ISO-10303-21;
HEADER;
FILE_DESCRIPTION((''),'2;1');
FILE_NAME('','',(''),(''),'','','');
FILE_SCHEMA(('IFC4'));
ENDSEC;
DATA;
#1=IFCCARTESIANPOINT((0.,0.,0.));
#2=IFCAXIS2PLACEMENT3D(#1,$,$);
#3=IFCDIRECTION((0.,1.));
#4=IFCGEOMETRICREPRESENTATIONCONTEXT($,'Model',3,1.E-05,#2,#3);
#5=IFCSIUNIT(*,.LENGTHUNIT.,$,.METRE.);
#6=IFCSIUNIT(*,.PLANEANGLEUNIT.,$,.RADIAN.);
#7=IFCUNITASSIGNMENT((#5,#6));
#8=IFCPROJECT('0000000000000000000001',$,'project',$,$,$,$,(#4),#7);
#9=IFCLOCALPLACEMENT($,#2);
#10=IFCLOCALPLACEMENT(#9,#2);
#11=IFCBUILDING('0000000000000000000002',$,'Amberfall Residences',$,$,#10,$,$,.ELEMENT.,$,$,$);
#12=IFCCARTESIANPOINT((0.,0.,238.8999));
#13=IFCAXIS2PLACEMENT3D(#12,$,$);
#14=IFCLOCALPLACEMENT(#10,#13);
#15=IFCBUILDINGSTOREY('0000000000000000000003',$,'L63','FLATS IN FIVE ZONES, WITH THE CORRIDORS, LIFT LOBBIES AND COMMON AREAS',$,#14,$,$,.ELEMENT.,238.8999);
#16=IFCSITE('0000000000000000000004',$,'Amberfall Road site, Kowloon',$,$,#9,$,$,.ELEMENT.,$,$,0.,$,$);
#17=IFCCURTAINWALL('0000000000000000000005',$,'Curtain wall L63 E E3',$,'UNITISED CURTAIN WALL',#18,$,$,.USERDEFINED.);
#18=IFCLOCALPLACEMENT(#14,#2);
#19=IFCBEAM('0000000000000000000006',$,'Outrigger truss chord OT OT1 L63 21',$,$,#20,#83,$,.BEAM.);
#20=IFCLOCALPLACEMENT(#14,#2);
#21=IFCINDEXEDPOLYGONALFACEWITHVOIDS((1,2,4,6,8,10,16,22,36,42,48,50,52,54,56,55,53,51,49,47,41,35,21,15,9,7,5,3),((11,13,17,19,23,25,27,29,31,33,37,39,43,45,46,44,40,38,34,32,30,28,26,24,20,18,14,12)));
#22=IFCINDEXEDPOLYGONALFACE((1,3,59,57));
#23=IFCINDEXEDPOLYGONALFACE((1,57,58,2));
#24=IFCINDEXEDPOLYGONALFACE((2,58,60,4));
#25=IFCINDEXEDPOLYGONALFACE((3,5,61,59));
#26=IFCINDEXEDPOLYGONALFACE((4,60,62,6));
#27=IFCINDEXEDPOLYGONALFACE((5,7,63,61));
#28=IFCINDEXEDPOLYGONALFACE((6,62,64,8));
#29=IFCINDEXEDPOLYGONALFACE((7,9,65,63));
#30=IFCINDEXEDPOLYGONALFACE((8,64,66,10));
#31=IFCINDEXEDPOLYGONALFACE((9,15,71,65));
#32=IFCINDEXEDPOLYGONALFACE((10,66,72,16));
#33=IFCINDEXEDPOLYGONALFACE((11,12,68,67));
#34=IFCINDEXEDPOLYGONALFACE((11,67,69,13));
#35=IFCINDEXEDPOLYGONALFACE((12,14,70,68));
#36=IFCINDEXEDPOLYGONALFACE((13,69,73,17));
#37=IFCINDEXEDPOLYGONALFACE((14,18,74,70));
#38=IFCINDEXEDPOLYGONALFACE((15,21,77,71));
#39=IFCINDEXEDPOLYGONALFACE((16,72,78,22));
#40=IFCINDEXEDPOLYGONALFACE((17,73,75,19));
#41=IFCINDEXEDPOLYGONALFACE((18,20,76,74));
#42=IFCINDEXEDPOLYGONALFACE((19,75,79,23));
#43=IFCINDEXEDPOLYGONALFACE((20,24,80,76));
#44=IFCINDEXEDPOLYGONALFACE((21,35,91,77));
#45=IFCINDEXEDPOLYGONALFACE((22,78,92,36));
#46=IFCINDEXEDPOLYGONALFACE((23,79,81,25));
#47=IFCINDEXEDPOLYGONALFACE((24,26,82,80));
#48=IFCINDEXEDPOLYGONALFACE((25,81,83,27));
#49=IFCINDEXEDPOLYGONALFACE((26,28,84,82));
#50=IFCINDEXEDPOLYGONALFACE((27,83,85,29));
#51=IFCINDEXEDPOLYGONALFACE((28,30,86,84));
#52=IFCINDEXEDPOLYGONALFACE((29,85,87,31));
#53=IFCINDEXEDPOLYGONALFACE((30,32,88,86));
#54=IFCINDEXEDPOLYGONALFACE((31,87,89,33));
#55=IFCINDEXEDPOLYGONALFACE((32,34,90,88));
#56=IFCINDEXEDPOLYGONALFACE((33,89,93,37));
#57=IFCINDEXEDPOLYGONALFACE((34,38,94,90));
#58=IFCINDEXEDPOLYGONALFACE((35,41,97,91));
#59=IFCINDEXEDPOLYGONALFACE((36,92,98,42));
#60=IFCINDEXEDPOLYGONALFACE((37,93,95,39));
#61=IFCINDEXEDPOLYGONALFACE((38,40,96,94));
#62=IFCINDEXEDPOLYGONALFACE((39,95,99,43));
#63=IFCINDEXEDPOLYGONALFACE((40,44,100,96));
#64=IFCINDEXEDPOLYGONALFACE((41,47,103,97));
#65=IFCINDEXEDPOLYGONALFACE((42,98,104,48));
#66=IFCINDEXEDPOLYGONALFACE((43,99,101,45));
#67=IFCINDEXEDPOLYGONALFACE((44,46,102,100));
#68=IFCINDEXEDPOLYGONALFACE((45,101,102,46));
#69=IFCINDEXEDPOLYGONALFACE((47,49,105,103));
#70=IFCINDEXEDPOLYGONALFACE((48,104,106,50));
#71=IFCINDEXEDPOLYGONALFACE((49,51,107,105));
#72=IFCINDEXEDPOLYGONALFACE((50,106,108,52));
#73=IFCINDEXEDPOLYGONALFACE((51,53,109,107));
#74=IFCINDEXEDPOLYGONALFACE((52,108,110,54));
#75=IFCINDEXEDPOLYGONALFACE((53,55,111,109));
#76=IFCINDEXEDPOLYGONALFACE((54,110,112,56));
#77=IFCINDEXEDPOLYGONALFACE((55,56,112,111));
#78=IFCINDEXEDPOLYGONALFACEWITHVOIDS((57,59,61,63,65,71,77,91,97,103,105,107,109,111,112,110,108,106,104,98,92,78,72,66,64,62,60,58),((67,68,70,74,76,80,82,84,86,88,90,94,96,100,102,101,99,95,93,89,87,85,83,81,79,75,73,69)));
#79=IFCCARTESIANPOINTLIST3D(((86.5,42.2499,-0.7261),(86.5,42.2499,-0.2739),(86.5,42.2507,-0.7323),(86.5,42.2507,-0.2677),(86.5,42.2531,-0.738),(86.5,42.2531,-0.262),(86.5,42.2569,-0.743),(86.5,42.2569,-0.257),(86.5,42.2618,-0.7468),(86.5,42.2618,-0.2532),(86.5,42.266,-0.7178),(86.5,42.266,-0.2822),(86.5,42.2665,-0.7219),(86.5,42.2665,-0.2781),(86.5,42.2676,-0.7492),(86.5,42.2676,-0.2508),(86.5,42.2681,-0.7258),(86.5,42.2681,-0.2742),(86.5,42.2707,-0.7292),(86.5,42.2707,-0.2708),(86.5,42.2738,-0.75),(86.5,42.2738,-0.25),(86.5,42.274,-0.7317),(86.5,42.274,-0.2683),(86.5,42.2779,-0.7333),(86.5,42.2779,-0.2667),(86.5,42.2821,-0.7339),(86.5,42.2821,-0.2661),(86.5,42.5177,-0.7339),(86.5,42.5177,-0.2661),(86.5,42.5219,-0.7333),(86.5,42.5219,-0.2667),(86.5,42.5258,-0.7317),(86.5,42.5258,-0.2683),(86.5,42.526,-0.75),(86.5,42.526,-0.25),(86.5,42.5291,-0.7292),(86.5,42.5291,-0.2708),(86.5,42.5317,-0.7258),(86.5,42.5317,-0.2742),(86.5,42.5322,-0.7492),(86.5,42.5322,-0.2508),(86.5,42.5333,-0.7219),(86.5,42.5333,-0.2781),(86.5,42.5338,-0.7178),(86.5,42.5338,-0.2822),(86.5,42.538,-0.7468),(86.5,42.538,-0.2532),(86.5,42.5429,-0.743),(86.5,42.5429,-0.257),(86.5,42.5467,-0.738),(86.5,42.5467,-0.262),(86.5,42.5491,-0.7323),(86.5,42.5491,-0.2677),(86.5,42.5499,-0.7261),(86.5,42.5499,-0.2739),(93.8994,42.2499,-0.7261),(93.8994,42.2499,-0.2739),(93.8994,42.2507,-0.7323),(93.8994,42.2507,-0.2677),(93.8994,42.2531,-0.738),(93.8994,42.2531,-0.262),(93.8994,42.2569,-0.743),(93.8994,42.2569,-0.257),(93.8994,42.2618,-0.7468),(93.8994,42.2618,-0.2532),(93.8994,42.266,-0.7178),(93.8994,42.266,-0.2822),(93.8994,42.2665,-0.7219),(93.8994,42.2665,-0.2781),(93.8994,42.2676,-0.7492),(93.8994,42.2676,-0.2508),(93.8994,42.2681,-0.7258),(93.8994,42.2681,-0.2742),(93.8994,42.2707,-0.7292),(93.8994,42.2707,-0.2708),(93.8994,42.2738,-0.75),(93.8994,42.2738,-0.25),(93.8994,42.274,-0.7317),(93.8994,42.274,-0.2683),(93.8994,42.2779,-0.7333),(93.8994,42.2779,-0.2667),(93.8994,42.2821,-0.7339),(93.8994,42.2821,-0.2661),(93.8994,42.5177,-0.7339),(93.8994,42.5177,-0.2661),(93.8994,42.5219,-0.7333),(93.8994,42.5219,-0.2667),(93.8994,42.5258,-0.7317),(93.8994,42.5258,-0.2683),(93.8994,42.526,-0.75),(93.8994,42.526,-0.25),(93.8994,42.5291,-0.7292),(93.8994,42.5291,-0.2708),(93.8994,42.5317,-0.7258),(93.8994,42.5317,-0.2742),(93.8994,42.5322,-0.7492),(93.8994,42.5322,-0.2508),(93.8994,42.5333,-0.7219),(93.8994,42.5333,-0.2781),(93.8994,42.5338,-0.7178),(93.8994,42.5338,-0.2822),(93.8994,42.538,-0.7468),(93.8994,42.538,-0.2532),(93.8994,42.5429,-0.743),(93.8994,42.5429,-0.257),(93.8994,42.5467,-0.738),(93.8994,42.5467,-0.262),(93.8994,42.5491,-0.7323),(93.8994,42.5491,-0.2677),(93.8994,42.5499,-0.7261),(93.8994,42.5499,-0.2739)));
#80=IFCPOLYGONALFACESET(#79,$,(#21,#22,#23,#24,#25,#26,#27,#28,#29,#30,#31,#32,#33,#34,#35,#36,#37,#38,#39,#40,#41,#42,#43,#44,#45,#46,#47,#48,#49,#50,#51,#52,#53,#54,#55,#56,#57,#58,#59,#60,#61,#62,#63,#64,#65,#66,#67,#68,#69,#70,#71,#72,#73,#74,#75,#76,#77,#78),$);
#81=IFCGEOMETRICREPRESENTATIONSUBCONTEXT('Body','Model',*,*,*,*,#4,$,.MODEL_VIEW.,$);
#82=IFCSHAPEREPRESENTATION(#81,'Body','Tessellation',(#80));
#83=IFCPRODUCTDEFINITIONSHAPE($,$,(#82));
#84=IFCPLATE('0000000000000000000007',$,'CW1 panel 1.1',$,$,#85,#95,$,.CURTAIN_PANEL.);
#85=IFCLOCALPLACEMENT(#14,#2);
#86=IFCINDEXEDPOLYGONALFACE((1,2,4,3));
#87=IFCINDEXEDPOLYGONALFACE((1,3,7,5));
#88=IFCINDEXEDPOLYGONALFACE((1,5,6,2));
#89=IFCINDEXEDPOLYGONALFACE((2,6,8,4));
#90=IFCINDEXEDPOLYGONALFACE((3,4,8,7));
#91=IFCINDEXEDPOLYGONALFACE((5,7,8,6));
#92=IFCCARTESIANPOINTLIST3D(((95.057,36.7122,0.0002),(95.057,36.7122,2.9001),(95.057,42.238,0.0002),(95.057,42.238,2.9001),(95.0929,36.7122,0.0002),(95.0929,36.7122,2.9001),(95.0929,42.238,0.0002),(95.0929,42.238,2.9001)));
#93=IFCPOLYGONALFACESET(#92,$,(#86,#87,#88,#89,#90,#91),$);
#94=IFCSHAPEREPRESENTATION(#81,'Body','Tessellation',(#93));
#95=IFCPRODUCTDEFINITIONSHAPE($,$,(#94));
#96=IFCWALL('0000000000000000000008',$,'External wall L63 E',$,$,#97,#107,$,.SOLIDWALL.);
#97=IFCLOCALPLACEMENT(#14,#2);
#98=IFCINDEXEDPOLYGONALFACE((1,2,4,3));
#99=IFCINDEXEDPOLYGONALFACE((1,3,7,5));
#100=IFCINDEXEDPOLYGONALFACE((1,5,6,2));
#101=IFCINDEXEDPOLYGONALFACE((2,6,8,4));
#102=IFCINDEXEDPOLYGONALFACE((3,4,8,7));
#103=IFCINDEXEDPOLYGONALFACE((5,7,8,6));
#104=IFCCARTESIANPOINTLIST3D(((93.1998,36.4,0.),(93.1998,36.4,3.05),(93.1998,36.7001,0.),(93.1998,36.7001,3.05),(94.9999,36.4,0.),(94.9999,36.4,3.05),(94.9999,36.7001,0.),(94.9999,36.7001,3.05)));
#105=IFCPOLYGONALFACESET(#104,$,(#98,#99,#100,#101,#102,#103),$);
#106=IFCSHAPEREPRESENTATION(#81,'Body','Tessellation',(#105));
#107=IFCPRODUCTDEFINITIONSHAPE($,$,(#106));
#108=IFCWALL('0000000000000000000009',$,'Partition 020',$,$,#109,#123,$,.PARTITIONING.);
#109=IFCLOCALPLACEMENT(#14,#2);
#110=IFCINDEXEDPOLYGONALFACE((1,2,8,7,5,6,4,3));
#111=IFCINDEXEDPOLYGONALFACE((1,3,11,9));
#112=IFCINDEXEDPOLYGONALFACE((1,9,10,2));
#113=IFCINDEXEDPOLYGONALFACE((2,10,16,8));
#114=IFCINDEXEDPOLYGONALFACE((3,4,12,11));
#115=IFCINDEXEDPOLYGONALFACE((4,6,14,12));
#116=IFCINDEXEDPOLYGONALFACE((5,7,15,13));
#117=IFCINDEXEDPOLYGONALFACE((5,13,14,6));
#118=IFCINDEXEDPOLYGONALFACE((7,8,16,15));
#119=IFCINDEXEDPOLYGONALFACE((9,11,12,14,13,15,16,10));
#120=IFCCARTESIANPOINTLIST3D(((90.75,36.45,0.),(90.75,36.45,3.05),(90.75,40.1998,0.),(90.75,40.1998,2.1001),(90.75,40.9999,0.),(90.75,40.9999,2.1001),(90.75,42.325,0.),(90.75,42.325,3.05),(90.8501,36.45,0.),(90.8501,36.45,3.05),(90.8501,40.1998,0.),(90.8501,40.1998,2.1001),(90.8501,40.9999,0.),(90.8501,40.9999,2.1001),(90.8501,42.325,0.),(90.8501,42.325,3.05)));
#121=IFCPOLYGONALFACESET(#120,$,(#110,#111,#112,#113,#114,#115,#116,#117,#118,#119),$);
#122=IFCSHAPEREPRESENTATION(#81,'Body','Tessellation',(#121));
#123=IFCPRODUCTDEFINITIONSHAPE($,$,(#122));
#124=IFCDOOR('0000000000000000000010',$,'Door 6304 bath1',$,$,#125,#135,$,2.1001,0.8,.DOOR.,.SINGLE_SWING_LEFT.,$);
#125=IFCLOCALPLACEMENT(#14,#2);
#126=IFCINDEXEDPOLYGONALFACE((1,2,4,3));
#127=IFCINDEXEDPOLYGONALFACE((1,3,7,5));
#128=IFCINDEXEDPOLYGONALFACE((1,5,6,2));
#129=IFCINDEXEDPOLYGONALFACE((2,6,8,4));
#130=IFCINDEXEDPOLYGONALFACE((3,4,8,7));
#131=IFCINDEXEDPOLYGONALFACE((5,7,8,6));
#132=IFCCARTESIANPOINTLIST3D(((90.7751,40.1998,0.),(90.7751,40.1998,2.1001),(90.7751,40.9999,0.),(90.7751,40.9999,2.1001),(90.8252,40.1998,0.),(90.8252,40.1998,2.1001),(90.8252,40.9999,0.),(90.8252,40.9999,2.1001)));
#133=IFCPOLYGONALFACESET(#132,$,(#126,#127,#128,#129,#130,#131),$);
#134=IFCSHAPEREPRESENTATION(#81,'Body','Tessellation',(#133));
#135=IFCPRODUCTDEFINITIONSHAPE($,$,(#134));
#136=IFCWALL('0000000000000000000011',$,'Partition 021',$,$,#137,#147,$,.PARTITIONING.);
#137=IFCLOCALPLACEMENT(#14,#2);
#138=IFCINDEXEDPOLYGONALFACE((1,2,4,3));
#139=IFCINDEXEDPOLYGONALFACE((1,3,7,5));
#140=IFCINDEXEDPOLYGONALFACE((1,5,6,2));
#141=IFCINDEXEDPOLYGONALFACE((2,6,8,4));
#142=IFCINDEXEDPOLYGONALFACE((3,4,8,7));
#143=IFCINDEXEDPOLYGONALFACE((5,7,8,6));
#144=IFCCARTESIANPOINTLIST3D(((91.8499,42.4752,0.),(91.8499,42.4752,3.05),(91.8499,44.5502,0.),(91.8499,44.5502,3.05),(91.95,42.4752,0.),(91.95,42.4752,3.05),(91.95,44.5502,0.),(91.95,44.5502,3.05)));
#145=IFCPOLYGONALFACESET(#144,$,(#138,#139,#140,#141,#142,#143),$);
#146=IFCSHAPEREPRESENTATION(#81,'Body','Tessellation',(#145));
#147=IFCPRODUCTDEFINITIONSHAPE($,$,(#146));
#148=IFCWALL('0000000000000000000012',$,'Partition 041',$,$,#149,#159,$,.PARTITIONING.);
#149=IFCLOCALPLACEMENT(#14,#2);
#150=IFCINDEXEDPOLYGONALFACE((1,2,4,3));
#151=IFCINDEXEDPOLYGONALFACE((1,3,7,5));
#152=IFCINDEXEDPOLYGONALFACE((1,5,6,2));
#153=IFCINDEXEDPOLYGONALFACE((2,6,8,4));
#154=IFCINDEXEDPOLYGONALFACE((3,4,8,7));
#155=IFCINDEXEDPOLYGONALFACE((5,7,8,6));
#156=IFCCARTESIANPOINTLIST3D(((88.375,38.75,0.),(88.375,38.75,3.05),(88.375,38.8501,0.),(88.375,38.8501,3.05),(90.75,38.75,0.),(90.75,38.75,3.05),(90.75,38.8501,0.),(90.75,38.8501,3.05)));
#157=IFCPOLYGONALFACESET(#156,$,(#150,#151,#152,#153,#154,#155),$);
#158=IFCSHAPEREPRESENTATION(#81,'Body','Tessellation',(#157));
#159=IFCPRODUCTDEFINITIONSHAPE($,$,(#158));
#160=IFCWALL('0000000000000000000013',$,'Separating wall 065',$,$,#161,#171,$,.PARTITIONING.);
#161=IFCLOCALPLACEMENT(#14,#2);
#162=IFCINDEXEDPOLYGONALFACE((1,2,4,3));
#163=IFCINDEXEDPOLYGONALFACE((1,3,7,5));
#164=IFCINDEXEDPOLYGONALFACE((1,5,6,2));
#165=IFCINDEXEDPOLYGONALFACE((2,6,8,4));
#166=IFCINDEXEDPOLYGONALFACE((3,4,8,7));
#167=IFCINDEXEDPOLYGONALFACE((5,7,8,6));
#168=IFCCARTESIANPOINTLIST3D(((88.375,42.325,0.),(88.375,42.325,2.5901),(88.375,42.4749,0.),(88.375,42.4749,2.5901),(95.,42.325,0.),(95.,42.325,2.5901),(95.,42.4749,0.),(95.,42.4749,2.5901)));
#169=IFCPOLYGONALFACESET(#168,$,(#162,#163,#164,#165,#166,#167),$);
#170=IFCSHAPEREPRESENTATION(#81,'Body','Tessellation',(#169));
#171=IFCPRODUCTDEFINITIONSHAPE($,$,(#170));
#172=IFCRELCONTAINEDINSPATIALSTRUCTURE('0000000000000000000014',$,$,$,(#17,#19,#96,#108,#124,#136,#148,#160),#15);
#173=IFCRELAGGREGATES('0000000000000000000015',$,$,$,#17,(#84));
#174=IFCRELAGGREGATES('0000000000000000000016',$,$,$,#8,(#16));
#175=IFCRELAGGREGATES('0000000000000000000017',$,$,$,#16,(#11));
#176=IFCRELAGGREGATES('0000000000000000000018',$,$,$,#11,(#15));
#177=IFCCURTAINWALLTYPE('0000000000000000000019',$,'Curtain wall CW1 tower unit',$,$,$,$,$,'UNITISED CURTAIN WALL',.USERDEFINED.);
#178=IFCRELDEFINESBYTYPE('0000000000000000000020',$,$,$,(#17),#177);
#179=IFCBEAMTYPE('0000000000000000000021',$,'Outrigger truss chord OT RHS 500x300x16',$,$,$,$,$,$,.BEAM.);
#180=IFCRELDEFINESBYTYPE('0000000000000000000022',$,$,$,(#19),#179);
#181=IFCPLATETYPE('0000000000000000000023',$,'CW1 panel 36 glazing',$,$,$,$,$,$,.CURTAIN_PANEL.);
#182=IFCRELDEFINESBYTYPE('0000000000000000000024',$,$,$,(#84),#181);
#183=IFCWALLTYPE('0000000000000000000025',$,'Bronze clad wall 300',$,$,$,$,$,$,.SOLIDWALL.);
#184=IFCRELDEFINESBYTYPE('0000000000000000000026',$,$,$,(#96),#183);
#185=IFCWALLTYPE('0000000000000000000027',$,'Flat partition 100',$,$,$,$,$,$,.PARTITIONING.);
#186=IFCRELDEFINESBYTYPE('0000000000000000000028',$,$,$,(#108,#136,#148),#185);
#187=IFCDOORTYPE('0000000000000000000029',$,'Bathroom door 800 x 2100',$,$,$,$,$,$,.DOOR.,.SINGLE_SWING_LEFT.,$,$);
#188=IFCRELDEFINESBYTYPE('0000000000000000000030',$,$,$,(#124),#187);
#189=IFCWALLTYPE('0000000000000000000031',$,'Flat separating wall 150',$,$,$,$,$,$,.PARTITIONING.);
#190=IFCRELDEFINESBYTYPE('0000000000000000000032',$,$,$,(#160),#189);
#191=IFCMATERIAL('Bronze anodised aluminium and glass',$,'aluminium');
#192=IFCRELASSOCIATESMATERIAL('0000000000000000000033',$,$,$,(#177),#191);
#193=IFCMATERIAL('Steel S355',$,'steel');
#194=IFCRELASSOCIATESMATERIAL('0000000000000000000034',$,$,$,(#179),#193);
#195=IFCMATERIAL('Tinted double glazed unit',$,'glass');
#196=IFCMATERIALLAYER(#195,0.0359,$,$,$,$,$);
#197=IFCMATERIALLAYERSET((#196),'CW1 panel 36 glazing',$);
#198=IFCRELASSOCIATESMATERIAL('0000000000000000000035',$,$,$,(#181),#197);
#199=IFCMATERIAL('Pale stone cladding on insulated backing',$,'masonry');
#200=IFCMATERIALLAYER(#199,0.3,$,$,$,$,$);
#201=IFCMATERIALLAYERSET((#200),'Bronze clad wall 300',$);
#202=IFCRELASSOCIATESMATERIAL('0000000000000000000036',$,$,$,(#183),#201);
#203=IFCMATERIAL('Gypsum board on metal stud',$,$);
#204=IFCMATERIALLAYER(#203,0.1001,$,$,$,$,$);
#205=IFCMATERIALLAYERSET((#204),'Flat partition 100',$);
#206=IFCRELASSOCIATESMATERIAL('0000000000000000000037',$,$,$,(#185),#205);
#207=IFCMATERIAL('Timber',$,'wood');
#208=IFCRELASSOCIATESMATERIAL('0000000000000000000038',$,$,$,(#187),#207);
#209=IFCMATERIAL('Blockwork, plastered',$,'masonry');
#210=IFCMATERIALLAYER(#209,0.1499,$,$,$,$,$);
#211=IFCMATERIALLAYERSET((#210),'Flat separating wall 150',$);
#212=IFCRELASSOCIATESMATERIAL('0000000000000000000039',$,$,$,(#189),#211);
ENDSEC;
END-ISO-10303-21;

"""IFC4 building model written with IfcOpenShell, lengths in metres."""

from ifc_helpers import new_model, si_unit, direction, frame, frame_2d, origin, origin_2d, place, context, subcontext, project, spatial, rectangle, hollow_rectangle, extrude, material, layer, layer_set, material_profile, profile_set, type_object, element, fill, aggregate, save


model = new_model("IFC4")

# Units and contexts
model_context = context("Model", 3, precision=1e-05, world=origin(), true_north=direction((0.0, 1.0)))
body_context = subcontext(model_context, "Body", "Model", "MODEL_VIEW")
ifc_project = project(units=[si_unit("LENGTHUNIT", "METRE"), si_unit("PLANEANGLEUNIT", "RADIAN")], contexts=[model_context])

# Site, building, storey
site_placement = place(None, origin())
site = spatial("IfcSite", under=ifc_project, at=site_placement, Name="Amberfall Road site, Kowloon", CompositionType="ELEMENT", RefElevation=0.0)
building_placement = place(site_placement, origin())
building = spatial("IfcBuilding", under=site, at=building_placement, Name="Amberfall Residences", CompositionType="ELEMENT")
storey_placement = place(building_placement, frame((0.0, 0.0, 238.8999)))
storey = spatial("IfcBuildingStorey", under=building, at=storey_placement, Name="L63", Description="FLATS IN FIVE ZONES, WITH THE CORRIDORS, LIFT LOBBIES AND COMMON AREAS", CompositionType="ELEMENT", Elevation=238.8999)

# Shared definitions
ifc_material_1 = material(Name="Steel S355", Category="steel")

# Curtain wall
ifc_material_2 = material(Name="Bronze anodised aluminium and glass", Category="aluminium")
curtain_wall_type = type_object("IfcCurtainWallType", Name="Curtain wall CW1 tower unit", ElementType="UNITISED CURTAIN WALL", PredefinedType="USERDEFINED", material=ifc_material_2)
curtain_wall_placement = place(storey_placement, origin())
curtain_wall = element("IfcCurtainWall", 1, at=curtain_wall_placement, inside=storey, type_object=curtain_wall_type, Name="Curtain wall L63 E E3", ObjectType="UNITISED CURTAIN WALL", PredefinedType="USERDEFINED")

# Beam
ifc_material_profile_1 = material_profile(ifc_material_1, hollow_rectangle(XDim=0.3, YDim=0.5, WallThickness=0.0161, InnerFilletRadius=0.0161, OuterFilletRadius=0.0239, at=origin_2d()), Name="RHS 500x300x16")
ifc_profile_set_1 = profile_set([ifc_material_profile_1], Name="Steel S355")
beam_type_1 = type_object("IfcBeamType", Name="Outrigger truss chord OT RHS 500x300x16", PredefinedType="BEAM", material=ifc_profile_set_1)
beam_1_placement = place(storey_placement, frame((93.8994, 42.3999, -0.5), z_axis=(-1.0, 0.0, 0.0), x_axis=(0.0, -1.0, 0.0)))
element("IfcBeam", 2, at=beam_1_placement, inside=storey, type_object=beam_type_1, Name="Outrigger truss chord OT OT1 L63 21", PredefinedType="BEAM", context=body_context, shape_type="SweptSolid", body=[
    extrude(hollow_rectangle(XDim=0.3, YDim=0.5, WallThickness=0.0161, InnerFilletRadius=0.0161, OuterFilletRadius=0.0239, at=origin_2d()), origin(), (0.0, 0.0, 1.0), 7.3994),
])

# Plate
ifc_material_3 = material(Name="Tinted double glazed unit", Category="glass")
ifc_layer_1 = layer(ifc_material_3, 0.0359)
ifc_layer_set_1 = layer_set([ifc_layer_1], Name="CW1 panel 36 glazing")
plate_type = type_object("IfcPlateType", Name="CW1 panel 36 glazing", PredefinedType="CURTAIN_PANEL", material=ifc_layer_set_1)
plate_placement = place(storey_placement, frame((95.075, 39.4751, 0.0002), z_axis=(0.0, 0.0, 1.0), x_axis=(0.0, 1.0, 0.0)))
plate = element("IfcPlate", 3, at=plate_placement, type_object=plate_type, Name="CW1 panel 1.1", PredefinedType="CURTAIN_PANEL", context=body_context, shape_type="SweptSolid", body=[
    extrude(rectangle(XDim=5.5259, YDim=0.0359, at=origin_2d()), origin(), (0.0, 0.0, 1.0), 2.8999),
])
aggregate(curtain_wall, [plate])

# Wall
ifc_material_4 = material(Name="Pale stone cladding on insulated backing", Category="masonry")
ifc_layer_2 = layer(ifc_material_4, 0.3)
ifc_layer_set_2 = layer_set([ifc_layer_2], Name="Bronze clad wall 300")
wall_type_1 = type_object("IfcWallType", Name="Bronze clad wall 300", PredefinedType="SOLIDWALL", material=ifc_layer_set_2)
wall_1_placement = place(storey_placement, frame((93.2, 36.55, 0.0), z_axis=(0.0, 0.0, 1.0), x_axis=(1.0, 0.0, 0.0)))
element("IfcWall", 4, at=wall_1_placement, inside=storey, type_object=wall_type_1, Name="External wall L63 E", PredefinedType="SOLIDWALL", context=body_context, shape_type="SweptSolid", body=[
    extrude(rectangle(XDim=1.8, YDim=0.3, at=frame_2d((0.8999, 0.0))), origin(), (0.0, 0.0, 1.0), 3.05),
])

# Wall, opening, door
ifc_material_5 = material(Name="Gypsum board on metal stud")
ifc_layer_3 = layer(ifc_material_5, 0.1001)
ifc_layer_set_3 = layer_set([ifc_layer_3], Name="Flat partition 100")
wall_type_2 = type_object("IfcWallType", Name="Flat partition 100", PredefinedType="PARTITIONING", material=ifc_layer_set_3)
wall_2_placement = place(storey_placement, frame((90.8, 36.45, 0.0), z_axis=(0.0, 0.0, 1.0), x_axis=(0.0, 1.0, 0.0)))
wall_2 = element("IfcWall", 5, at=wall_2_placement, inside=storey, type_object=wall_type_2, Name="Partition 020", PredefinedType="PARTITIONING", context=body_context, shape_type="SweptSolid", body=[
    extrude(rectangle(XDim=5.875, YDim=0.1001, at=frame_2d((2.9375, 0.0))), origin(), (0.0, 0.0, 1.0), 3.05),
])
opening_1_placement = place(wall_2_placement, frame((3.75, 0.0, 0.0)))
opening_1 = element("IfcOpeningElement", 6, at=opening_1_placement, cuts=wall_2, PredefinedType="OPENING", context=body_context, shape_type="SweptSolid", body=[
    extrude(rectangle(XDim=0.8, YDim=2.1001, at=frame_2d((0.3999, 1.05))), frame((0.0, 0.0601, 0.0), z_axis=(0.0, -1.0, 0.0), x_axis=(1.0, 0.0, 0.0)), (0.0, 0.0, 1.0), 0.1201),
])
ifc_material_6 = material(Name="Timber", Category="wood")
door_type_1 = type_object("IfcDoorType", Name="Bathroom door 800 x 2100", OperationType="SINGLE_SWING_LEFT", PredefinedType="DOOR", material=ifc_material_6)
door_1_placement = place(opening_1_placement, origin())
door_1 = element("IfcDoor", 7, at=door_1_placement, inside=storey, type_object=door_type_1, Name="Door 6304 bath1", OperationType="SINGLE_SWING_LEFT", OverallHeight=2.1001, OverallWidth=0.8, PredefinedType="DOOR", context=body_context, shape_type="SweptSolid", body=[
    extrude(rectangle(XDim=0.8, YDim=2.1001, at=frame_2d((0.3999, 1.05))), frame((0.0, 0.0249, 0.0), z_axis=(0.0, -1.0, 0.0), x_axis=(1.0, 0.0, 0.0)), (0.0, 0.0, 1.0), 0.05),
])
fill(opening_1, door_1)

# Walls
wall_3_placement = place(storey_placement, frame((91.8999, 42.4751, 0.0), z_axis=(0.0, 0.0, 1.0), x_axis=(0.0, 1.0, 0.0)))
element("IfcWall", 8, at=wall_3_placement, inside=storey, type_object=wall_type_2, Name="Partition 021", PredefinedType="PARTITIONING", context=body_context, shape_type="SweptSolid", body=[
    extrude(rectangle(XDim=2.075, YDim=0.1001, at=frame_2d((1.0376, 0.0))), origin(), (0.0, 0.0, 1.0), 3.05),
])
wall_4_placement = place(storey_placement, frame((88.375, 38.8, 0.0), z_axis=(0.0, 0.0, 1.0), x_axis=(1.0, 0.0, 0.0)))
element("IfcWall", 9, at=wall_4_placement, inside=storey, type_object=wall_type_2, Name="Partition 041", PredefinedType="PARTITIONING", context=body_context, shape_type="SweptSolid", body=[
    extrude(rectangle(XDim=2.375, YDim=0.1001, at=frame_2d((1.1875, 0.0))), origin(), (0.0, 0.0, 1.0), 3.05),
])
ifc_material_7 = material(Name="Blockwork, plastered", Category="masonry")
ifc_layer_4 = layer(ifc_material_7, 0.1499)
ifc_layer_set_4 = layer_set([ifc_layer_4], Name="Flat separating wall 150")
wall_type_3 = type_object("IfcWallType", Name="Flat separating wall 150", PredefinedType="PARTITIONING", material=ifc_layer_set_4)
wall_5_placement = place(storey_placement, frame((88.375, 42.3999, 0.0), z_axis=(0.0, 0.0, 1.0), x_axis=(1.0, 0.0, 0.0)))
element("IfcWall", 10, at=wall_5_placement, inside=storey, type_object=wall_type_3, Name="Separating wall 065", PredefinedType="PARTITIONING", context=body_context, shape_type="SweptSolid", body=[
    extrude(rectangle(XDim=6.625, YDim=0.1499, at=frame_2d((3.3125, 0.0))), origin(), (0.0, 0.0, 1.0), 2.5901),
])

save(model, "model.ifc")
